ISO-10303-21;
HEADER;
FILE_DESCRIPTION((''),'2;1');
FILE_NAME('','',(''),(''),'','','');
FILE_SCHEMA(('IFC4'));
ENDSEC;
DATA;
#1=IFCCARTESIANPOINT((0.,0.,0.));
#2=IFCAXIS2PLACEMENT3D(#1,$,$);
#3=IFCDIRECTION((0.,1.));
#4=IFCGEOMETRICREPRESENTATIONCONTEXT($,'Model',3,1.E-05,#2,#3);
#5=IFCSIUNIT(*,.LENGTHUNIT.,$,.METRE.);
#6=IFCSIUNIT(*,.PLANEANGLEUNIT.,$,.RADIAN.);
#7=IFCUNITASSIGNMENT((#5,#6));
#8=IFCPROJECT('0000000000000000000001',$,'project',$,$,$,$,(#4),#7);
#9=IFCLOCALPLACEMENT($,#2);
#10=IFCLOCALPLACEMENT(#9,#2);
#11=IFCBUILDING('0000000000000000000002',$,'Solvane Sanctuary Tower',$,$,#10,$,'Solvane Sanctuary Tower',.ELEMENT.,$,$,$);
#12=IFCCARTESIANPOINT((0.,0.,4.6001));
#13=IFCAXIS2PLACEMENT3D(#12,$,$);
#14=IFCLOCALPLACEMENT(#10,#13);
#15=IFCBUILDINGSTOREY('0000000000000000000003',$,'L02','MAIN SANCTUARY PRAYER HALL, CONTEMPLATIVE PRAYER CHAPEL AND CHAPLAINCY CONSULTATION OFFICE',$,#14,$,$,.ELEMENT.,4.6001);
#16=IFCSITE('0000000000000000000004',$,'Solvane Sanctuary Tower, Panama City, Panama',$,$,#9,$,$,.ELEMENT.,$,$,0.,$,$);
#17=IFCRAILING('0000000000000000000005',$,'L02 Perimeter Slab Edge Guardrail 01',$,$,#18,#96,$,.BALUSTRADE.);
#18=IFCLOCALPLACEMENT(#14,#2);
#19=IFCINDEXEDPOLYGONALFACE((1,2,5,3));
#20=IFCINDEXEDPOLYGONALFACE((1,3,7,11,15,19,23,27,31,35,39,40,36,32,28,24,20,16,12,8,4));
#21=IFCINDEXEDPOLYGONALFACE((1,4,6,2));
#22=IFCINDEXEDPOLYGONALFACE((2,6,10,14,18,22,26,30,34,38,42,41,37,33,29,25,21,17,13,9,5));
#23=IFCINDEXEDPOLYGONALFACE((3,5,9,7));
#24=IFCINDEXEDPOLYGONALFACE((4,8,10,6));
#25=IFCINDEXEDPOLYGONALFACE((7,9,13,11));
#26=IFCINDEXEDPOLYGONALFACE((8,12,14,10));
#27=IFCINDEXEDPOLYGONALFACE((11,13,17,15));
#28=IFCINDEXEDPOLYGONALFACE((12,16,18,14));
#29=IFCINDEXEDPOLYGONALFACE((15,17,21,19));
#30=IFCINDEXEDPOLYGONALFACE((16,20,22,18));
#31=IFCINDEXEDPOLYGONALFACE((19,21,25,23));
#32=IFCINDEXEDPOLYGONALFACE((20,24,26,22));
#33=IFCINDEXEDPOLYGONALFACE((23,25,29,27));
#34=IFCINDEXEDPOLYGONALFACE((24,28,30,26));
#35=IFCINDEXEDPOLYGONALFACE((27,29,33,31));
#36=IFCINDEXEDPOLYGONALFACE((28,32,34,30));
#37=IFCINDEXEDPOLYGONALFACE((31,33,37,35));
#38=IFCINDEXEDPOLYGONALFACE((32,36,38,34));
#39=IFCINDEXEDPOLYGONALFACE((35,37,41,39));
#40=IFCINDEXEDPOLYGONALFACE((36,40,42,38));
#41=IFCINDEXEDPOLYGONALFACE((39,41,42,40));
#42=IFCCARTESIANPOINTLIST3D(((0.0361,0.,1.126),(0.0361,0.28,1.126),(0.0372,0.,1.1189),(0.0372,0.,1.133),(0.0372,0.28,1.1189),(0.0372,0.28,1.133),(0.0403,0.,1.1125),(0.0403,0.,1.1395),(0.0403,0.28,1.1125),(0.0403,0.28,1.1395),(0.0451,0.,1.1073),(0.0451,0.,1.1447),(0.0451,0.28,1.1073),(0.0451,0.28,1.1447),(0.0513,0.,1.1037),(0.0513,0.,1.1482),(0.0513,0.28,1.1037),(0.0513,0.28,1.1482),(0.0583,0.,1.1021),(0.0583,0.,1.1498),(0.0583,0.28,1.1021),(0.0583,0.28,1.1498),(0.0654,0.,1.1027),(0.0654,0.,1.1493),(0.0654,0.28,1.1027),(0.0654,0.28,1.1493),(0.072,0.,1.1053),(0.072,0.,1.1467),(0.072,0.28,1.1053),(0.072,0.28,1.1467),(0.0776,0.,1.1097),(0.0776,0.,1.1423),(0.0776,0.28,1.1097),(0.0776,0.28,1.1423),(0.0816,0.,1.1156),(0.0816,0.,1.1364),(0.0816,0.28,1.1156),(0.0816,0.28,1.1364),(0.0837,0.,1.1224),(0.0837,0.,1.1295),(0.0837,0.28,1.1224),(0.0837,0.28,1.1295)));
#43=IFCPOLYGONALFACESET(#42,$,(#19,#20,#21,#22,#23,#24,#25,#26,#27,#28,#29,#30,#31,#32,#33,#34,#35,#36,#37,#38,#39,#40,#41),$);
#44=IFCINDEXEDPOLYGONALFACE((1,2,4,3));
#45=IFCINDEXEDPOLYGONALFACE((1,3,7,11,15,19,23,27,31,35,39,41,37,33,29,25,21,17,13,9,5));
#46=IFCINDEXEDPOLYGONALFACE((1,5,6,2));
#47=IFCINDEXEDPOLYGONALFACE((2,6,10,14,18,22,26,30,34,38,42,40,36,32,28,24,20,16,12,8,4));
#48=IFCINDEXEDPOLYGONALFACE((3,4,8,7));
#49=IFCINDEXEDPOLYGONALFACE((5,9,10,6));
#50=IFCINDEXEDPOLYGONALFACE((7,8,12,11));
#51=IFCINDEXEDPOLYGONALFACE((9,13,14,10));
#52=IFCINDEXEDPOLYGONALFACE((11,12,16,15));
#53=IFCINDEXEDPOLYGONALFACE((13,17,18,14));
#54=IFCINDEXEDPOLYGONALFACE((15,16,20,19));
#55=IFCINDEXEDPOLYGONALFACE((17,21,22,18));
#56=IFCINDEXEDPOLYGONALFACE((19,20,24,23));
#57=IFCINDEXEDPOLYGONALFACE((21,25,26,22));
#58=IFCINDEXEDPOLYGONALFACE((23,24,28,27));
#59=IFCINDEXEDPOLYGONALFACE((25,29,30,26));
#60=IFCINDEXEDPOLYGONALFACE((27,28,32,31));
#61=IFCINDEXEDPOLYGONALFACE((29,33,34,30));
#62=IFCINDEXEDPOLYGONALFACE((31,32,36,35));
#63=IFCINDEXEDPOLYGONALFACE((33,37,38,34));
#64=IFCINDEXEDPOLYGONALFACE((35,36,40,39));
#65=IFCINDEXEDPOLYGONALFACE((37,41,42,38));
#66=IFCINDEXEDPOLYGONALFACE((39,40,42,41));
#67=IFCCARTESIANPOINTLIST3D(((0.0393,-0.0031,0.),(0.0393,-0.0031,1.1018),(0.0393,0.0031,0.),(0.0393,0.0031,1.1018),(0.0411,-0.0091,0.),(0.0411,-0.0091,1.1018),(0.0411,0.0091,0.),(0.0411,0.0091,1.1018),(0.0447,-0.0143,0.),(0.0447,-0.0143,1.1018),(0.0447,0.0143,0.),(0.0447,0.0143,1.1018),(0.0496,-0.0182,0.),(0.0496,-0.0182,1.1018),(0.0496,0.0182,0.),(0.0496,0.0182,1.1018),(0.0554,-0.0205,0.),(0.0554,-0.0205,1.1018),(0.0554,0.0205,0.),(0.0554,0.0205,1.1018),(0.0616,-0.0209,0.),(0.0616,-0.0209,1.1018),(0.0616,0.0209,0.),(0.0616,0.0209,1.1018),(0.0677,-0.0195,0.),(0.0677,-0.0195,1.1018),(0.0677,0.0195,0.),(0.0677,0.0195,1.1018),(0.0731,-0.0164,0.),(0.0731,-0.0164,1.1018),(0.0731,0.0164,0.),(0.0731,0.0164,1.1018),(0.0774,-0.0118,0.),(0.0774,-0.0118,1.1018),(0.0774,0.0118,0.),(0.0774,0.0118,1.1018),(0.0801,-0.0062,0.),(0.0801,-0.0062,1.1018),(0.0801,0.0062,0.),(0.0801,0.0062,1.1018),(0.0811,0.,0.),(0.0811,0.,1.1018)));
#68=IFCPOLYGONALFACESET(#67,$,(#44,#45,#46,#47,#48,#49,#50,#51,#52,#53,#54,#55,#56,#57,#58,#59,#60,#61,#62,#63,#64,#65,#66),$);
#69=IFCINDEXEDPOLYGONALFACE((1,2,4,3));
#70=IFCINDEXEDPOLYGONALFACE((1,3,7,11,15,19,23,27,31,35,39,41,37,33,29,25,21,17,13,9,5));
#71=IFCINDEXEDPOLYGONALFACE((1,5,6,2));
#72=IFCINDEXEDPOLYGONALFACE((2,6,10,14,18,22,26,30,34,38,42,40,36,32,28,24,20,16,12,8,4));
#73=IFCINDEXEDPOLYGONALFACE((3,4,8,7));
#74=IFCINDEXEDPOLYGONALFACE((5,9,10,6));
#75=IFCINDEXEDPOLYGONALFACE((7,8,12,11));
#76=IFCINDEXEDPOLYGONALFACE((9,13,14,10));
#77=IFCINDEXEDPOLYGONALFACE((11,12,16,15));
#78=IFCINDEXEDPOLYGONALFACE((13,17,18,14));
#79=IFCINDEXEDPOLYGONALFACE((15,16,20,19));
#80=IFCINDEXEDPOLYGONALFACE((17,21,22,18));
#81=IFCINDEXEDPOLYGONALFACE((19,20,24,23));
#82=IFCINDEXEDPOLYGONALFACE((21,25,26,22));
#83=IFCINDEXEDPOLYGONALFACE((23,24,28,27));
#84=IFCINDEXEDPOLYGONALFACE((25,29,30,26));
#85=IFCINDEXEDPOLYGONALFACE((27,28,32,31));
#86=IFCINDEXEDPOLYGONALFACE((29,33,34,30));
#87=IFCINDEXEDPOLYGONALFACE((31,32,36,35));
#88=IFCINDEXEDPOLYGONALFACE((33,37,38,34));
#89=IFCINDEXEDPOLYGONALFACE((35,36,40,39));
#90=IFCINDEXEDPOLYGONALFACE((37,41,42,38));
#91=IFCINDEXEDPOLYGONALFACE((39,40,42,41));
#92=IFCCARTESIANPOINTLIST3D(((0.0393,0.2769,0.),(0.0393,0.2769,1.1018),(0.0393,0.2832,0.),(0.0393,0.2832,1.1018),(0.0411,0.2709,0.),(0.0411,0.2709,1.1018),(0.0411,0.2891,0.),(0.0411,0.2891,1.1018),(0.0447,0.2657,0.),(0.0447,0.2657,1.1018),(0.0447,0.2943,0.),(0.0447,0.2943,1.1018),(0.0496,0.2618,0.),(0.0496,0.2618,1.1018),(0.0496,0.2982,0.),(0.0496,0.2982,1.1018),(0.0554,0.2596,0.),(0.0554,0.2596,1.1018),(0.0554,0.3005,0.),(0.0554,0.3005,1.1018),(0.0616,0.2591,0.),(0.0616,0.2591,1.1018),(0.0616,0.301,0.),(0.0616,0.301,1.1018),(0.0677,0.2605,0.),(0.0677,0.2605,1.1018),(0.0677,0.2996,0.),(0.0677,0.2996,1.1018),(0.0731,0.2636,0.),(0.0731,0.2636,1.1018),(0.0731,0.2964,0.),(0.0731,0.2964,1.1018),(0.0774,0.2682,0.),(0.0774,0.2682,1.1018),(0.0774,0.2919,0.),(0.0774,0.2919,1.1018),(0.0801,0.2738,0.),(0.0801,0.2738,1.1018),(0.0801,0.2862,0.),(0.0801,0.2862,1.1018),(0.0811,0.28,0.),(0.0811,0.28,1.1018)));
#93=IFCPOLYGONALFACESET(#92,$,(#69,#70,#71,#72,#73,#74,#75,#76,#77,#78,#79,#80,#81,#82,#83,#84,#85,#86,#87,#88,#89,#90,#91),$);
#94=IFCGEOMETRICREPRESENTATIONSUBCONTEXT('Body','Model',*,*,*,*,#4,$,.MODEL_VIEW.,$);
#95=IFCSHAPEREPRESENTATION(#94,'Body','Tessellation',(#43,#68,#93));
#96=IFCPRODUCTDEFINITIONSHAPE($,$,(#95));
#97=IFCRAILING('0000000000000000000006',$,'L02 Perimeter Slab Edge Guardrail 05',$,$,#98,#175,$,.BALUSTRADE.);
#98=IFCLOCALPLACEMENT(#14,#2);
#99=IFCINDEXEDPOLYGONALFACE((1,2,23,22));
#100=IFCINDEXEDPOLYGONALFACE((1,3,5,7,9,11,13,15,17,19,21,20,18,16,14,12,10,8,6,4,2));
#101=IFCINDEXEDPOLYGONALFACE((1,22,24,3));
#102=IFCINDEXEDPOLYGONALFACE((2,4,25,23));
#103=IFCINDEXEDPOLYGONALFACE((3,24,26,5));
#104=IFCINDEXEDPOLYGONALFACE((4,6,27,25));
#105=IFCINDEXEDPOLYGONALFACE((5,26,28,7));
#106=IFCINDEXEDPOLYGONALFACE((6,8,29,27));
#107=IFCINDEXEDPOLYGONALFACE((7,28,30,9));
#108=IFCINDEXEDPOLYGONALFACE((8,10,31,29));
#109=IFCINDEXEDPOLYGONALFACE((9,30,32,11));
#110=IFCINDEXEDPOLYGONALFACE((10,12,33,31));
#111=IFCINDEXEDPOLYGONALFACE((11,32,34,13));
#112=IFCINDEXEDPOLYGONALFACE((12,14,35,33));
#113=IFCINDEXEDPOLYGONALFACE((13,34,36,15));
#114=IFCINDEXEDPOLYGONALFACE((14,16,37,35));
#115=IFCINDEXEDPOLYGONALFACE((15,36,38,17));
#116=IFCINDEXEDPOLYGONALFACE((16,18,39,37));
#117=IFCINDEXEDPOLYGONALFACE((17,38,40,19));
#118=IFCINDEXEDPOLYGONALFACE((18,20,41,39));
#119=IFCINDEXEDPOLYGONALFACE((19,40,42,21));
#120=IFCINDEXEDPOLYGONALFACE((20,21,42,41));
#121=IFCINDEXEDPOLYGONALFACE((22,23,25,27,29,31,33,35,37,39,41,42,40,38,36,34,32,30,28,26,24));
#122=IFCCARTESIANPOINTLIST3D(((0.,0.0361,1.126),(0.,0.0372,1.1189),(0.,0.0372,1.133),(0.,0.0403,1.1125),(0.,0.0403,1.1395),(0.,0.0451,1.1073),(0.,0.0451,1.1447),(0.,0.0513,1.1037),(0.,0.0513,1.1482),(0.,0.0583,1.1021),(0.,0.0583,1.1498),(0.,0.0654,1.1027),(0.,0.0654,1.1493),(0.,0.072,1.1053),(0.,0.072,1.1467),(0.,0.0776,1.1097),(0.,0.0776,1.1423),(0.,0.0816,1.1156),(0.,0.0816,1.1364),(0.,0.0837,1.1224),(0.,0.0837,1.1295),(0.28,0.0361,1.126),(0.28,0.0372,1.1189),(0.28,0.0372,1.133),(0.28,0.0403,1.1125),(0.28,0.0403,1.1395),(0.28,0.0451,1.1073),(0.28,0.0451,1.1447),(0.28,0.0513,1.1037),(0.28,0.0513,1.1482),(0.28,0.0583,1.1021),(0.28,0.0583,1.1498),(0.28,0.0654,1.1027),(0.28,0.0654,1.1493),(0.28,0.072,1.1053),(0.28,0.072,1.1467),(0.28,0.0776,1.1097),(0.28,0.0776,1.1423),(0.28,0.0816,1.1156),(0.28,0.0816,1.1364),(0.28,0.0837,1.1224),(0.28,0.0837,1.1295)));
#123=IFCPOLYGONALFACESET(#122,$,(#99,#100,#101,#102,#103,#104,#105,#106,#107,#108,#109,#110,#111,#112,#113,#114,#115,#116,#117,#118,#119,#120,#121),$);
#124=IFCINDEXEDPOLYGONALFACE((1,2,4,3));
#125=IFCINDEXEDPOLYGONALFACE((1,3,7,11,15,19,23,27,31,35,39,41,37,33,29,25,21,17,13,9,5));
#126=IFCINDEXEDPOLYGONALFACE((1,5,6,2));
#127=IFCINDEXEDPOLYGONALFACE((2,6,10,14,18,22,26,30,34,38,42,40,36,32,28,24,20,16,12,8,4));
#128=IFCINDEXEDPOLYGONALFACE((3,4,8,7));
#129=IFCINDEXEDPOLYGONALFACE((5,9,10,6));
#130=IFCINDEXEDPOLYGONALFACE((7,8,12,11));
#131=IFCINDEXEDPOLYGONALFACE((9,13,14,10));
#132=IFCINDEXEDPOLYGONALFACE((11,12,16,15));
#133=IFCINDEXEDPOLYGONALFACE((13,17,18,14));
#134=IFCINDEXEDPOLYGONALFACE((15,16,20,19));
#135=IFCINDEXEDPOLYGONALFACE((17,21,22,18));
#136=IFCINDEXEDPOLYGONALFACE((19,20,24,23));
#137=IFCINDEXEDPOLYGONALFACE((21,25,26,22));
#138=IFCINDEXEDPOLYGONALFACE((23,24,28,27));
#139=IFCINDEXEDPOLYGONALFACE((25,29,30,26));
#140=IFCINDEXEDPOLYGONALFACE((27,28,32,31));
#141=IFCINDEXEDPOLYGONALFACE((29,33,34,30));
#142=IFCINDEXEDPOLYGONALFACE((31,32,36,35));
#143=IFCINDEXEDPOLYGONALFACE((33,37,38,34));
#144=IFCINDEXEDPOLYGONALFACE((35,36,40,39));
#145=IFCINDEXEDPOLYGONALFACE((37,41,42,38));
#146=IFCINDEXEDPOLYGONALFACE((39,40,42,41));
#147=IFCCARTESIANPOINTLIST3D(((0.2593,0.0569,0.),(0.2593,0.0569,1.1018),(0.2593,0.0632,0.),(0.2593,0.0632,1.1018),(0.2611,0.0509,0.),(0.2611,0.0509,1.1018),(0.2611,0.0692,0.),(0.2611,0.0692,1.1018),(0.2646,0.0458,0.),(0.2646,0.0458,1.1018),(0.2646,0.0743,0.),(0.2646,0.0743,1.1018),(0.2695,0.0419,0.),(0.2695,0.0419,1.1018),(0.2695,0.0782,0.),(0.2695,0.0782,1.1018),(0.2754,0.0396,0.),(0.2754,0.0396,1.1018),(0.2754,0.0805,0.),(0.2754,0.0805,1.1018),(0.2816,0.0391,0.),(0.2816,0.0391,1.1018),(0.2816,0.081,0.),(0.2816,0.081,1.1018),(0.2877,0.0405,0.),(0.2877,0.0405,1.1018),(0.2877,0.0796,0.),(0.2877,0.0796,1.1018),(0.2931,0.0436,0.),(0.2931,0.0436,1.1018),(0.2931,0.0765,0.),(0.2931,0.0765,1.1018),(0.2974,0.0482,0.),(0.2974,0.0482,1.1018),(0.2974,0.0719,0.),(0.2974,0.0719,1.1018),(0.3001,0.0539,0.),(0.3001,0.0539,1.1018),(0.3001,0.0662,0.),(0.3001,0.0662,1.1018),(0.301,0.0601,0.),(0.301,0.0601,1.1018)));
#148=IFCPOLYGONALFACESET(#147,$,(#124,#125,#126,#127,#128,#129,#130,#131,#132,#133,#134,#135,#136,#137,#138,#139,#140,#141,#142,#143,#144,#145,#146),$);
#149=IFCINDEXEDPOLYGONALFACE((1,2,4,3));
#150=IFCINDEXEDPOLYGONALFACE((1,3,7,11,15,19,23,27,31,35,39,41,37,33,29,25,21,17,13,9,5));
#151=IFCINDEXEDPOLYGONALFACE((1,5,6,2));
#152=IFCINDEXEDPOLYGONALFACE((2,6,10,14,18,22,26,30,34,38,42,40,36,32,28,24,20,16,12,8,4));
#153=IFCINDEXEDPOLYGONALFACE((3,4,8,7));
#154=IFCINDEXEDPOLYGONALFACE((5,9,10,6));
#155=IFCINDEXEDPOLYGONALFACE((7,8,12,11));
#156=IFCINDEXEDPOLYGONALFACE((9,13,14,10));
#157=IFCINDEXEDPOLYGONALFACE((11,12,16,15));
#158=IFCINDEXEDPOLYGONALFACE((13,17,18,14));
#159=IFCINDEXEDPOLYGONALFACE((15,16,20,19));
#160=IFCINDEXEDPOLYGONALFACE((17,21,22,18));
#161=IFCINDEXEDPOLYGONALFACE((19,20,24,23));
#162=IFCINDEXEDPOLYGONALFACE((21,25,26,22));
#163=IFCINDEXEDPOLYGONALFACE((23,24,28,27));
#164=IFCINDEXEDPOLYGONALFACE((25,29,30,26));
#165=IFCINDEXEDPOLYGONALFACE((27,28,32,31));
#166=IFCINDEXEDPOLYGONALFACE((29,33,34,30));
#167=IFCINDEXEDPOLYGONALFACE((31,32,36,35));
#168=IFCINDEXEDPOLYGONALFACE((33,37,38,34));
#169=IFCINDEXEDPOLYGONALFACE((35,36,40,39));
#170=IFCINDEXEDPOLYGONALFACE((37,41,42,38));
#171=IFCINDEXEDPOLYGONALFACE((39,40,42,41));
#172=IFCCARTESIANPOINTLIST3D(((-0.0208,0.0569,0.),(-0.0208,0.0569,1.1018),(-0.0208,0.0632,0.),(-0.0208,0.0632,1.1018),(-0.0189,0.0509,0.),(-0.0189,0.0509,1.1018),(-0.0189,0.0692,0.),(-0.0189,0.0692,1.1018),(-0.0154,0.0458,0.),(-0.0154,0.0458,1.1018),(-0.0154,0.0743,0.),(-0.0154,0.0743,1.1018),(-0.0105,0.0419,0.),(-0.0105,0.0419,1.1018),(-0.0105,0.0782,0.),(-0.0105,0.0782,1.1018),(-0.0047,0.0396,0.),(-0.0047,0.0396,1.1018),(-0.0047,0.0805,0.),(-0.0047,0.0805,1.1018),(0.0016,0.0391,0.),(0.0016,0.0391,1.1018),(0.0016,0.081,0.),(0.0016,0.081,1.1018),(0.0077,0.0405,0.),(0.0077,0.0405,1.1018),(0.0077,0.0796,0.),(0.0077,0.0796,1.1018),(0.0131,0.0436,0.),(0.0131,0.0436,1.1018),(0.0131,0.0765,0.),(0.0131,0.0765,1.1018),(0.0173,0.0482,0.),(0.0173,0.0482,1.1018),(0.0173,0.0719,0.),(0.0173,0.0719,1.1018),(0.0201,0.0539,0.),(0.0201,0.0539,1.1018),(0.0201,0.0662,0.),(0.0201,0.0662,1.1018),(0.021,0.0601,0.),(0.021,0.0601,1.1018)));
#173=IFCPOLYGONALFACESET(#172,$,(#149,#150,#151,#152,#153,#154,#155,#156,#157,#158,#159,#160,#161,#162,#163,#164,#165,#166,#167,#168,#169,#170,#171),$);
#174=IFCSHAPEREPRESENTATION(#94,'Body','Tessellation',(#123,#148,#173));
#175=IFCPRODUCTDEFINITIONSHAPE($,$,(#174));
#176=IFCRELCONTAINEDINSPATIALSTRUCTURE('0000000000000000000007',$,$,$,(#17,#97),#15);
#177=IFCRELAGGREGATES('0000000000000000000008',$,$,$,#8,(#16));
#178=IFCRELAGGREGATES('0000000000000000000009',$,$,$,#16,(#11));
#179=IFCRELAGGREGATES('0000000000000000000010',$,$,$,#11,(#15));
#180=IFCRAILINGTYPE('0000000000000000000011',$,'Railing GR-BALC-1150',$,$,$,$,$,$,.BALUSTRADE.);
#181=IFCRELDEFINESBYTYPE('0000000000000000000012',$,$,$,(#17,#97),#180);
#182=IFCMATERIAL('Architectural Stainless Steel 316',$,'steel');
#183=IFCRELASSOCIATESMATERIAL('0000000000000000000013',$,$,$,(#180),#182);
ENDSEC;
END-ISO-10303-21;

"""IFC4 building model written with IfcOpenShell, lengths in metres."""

from ifc_helpers import new_model, si_unit, direction, frame, origin, origin_2d, place, context, subcontext, project, spatial, circle, extrude, material, type_object, element, save


model = new_model("IFC4")

# Units and contexts
model_context = context("Model", 3, precision=1e-05, world=origin(), true_north=direction((0.0, 1.0)))
body_context = subcontext(model_context, "Body", "Model", "MODEL_VIEW")
ifc_project = project(units=[si_unit("LENGTHUNIT", "METRE"), si_unit("PLANEANGLEUNIT", "RADIAN")], contexts=[model_context])

# Site, building, storey
site_placement = place(None, origin())
site = spatial("IfcSite", under=ifc_project, at=site_placement, Name="Solvane Sanctuary Tower, Panama City, Panama", CompositionType="ELEMENT", RefElevation=0.0)
building_placement = place(site_placement, origin())
building = spatial("IfcBuilding", under=site, at=building_placement, Name="Solvane Sanctuary Tower", LongName="Solvane Sanctuary Tower", CompositionType="ELEMENT")
storey_placement = place(building_placement, frame((0.0, 0.0, 4.6001)))
storey = spatial("IfcBuildingStorey", under=building, at=storey_placement, Name="L02", Description="MAIN SANCTUARY PRAYER HALL, CONTEMPLATIVE PRAYER CHAPEL AND CHAPLAINCY CONSULTATION OFFICE", CompositionType="ELEMENT", Elevation=4.6001)

# Shared definitions
ifc_material_1 = material(Name="Architectural Stainless Steel 316", Category="steel")

# Railings
railing_type = type_object("IfcRailingType", Name="Railing GR-BALC-1150", PredefinedType="BALUSTRADE", material=ifc_material_1)
railing_1_placement = place(storey_placement, frame((0.0601, 0.0, 0.0)))
element("IfcRailing", 1, at=railing_1_placement, inside=storey, type_object=railing_type, Name="L02 Perimeter Slab Edge Guardrail 01", PredefinedType="BALUSTRADE", context=body_context, shape_type="SweptSolid", body=[
    extrude(circle(Radius=0.0239, at=origin_2d()), frame((0.0, 0.0, 1.126), z_axis=(0.0, 1.0, 0.0), x_axis=(-1.0, 0.0, 0.0)), (0.0, 0.0, 1.0), 0.28),
    extrude(circle(Radius=0.021, at=origin_2d()), origin(), (0.0, 0.0, 1.0), 1.1018),
    extrude(circle(Radius=0.021, at=origin_2d()), frame((0.0, 0.28, 0.0)), (0.0, 0.0, 1.0), 1.1018),
])
railing_2_placement = place(storey_placement, frame((0.28, 0.0601, 0.0)))
element("IfcRailing", 2, at=railing_2_placement, inside=storey, type_object=railing_type, Name="L02 Perimeter Slab Edge Guardrail 05", PredefinedType="BALUSTRADE", context=body_context, shape_type="SweptSolid", body=[
    extrude(circle(Radius=0.0239, at=origin_2d()), frame((0.0, 0.0, 1.126), z_axis=(-1.0, 0.0, 0.0), x_axis=(0.0, -1.0, 0.0)), (0.0, 0.0, 1.0), 0.28),
    extrude(circle(Radius=0.021, at=origin_2d()), origin(), (0.0, 0.0, 1.0), 1.1018),
    extrude(circle(Radius=0.021, at=origin_2d()), frame((-0.28, 0.0, 0.0)), (0.0, 0.0, 1.0), 1.1018),
])

save(model, "model.ifc")
